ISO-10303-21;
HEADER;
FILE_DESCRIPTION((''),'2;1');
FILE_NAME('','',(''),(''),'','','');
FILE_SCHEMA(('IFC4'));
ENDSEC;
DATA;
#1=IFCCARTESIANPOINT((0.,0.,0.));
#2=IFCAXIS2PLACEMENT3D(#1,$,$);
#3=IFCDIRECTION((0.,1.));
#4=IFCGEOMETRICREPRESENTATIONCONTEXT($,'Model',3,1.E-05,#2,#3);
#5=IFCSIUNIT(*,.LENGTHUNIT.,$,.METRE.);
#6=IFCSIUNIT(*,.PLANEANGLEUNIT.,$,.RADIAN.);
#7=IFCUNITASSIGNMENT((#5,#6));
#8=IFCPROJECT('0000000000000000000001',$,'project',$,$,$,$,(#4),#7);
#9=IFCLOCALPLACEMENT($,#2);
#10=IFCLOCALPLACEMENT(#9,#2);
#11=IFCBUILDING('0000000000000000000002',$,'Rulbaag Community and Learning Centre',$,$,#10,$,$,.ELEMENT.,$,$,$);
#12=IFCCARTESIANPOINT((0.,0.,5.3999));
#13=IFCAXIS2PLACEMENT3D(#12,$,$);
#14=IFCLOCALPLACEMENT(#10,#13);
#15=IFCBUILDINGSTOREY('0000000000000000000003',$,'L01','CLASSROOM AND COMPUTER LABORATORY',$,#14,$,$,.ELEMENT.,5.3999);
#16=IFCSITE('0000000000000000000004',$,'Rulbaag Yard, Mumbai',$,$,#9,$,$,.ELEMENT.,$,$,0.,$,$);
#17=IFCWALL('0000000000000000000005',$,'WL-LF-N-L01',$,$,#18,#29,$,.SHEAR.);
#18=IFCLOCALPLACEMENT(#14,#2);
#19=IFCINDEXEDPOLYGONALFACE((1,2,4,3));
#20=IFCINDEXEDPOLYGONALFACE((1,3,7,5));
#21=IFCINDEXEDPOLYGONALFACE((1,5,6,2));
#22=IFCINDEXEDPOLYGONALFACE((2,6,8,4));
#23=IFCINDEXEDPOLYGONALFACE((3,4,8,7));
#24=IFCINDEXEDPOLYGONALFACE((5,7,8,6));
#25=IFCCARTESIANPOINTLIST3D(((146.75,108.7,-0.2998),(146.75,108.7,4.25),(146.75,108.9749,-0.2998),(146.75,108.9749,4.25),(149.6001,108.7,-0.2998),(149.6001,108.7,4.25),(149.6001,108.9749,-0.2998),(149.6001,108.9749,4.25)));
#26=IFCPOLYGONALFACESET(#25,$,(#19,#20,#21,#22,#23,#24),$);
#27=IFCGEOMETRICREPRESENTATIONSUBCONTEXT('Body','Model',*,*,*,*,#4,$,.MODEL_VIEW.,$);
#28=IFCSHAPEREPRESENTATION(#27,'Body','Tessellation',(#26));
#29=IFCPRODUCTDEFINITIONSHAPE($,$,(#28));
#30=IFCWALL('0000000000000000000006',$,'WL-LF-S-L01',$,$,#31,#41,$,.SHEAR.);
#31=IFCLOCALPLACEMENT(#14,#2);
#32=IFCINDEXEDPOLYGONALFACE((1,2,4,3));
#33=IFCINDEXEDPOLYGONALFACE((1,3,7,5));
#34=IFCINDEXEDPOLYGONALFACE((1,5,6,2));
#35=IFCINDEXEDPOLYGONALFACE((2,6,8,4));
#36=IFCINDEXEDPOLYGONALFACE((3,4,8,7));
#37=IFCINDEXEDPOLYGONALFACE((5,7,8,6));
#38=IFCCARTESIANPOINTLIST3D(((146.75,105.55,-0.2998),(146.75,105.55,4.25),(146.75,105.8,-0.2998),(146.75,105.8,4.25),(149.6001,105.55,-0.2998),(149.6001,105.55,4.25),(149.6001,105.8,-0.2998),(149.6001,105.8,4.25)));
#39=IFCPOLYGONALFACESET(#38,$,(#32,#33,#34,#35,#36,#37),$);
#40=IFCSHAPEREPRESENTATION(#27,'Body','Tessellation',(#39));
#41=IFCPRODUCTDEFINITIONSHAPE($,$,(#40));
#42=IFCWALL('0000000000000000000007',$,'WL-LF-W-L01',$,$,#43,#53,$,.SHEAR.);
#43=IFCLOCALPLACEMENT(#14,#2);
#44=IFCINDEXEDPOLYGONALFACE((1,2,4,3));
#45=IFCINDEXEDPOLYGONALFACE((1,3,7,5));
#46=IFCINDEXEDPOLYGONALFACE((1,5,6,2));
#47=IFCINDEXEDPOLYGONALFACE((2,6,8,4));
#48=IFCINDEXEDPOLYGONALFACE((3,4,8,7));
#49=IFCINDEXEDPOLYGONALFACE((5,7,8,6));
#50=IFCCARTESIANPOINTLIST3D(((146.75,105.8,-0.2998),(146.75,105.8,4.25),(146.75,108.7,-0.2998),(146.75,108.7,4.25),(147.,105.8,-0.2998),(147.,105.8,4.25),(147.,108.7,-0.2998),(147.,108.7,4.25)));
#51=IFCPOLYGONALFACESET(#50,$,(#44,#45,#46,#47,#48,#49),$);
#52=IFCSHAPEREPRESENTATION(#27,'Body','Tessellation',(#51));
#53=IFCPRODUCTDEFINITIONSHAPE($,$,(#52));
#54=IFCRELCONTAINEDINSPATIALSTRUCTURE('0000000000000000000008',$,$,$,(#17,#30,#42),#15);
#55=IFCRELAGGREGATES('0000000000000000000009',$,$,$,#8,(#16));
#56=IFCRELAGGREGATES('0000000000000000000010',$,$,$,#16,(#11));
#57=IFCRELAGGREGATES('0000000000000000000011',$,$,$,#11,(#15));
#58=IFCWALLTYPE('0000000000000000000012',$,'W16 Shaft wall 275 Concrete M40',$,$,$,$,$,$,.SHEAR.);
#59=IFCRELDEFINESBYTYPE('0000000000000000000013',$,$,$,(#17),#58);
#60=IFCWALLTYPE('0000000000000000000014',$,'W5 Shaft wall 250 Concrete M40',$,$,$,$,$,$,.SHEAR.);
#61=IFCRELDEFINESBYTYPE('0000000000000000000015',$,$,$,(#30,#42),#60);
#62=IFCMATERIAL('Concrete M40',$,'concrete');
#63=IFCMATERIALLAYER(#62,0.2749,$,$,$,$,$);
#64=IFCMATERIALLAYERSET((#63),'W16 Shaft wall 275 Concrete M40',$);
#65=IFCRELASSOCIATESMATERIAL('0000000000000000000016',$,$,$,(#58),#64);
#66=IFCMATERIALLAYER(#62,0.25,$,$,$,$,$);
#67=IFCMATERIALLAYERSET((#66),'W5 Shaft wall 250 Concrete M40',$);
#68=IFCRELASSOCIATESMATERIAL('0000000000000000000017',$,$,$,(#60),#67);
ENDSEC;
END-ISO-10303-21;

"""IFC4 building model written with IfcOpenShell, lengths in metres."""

from ifc_helpers import new_model, si_unit, direction, frame, frame_2d, origin, place, context, subcontext, project, spatial, rectangle, extrude, material, layer, layer_set, type_object, element, save


model = new_model("IFC4")

# Units and contexts
model_context = context("Model", 3, precision=1e-05, world=origin(), true_north=direction((0.0, 1.0)))
body_context = subcontext(model_context, "Body", "Model", "MODEL_VIEW")
ifc_project = project(units=[si_unit("LENGTHUNIT", "METRE"), si_unit("PLANEANGLEUNIT", "RADIAN")], contexts=[model_context])

# Site, building, storey
site_placement = place(None, origin())
site = spatial("IfcSite", under=ifc_project, at=site_placement, Name="Rulbaag Yard, Mumbai", CompositionType="ELEMENT", RefElevation=0.0)
building_placement = place(site_placement, origin())
building = spatial("IfcBuilding", under=site, at=building_placement, Name="Rulbaag Community and Learning Centre", CompositionType="ELEMENT")
storey_placement = place(building_placement, frame((0.0, 0.0, 5.3999)))
storey = spatial("IfcBuildingStorey", under=building, at=storey_placement, Name="L01", Description="CLASSROOM AND COMPUTER LABORATORY", CompositionType="ELEMENT", Elevation=5.3999)

# Shared definitions
ifc_material_1 = material(Name="Concrete M40", Category="concrete")

# Walls
ifc_layer_1 = layer(ifc_material_1, 0.2749)
ifc_layer_set_1 = layer_set([ifc_layer_1], Name="W16 Shaft wall 275 Concrete M40")
wall_type_1 = type_object("IfcWallType", Name="W16 Shaft wall 275 Concrete M40", PredefinedType="SHEAR", material=ifc_layer_set_1)
wall_1_placement = place(storey_placement, frame((146.75, 108.8374, -0.2998), z_axis=(0.0, 0.0, 1.0), x_axis=(1.0, 0.0, 0.0)))
element("IfcWall", 1, at=wall_1_placement, inside=storey, type_object=wall_type_1, Name="WL-LF-N-L01", PredefinedType="SHEAR", context=body_context, shape_type="SweptSolid", body=[
    extrude(rectangle(XDim=2.8501, YDim=0.2749, at=frame_2d((1.425, 0.0))), origin(), (0.0, 0.0, 1.0), 4.5498),
])
ifc_layer_2 = layer(ifc_material_1, 0.25)
ifc_layer_set_2 = layer_set([ifc_layer_2], Name="W5 Shaft wall 250 Concrete M40")
wall_type_2 = type_object("IfcWallType", Name="W5 Shaft wall 250 Concrete M40", PredefinedType="SHEAR", material=ifc_layer_set_2)
wall_2_placement = place(storey_placement, frame((146.75, 105.675, -0.2998), z_axis=(0.0, 0.0, 1.0), x_axis=(1.0, 0.0, 0.0)))
element("IfcWall", 2, at=wall_2_placement, inside=storey, type_object=wall_type_2, Name="WL-LF-S-L01", PredefinedType="SHEAR", context=body_context, shape_type="SweptSolid", body=[
    extrude(rectangle(XDim=2.8501, YDim=0.25, at=frame_2d((1.425, 0.0))), origin(), (0.0, 0.0, 1.0), 4.5498),
])
wall_3_placement = place(storey_placement, frame((146.875, 105.8, -0.2998), z_axis=(0.0, 0.0, 1.0), x_axis=(0.0, 1.0, 0.0)))
element("IfcWall", 3, at=wall_3_placement, inside=storey, type_object=wall_type_2, Name="WL-LF-W-L01", PredefinedType="SHEAR", context=body_context, shape_type="SweptSolid", body=[
    extrude(rectangle(XDim=2.8999, YDim=0.25, at=frame_2d((1.45, 0.0))), origin(), (0.0, 0.0, 1.0), 4.5498),
])

save(model, "model.ifc")
